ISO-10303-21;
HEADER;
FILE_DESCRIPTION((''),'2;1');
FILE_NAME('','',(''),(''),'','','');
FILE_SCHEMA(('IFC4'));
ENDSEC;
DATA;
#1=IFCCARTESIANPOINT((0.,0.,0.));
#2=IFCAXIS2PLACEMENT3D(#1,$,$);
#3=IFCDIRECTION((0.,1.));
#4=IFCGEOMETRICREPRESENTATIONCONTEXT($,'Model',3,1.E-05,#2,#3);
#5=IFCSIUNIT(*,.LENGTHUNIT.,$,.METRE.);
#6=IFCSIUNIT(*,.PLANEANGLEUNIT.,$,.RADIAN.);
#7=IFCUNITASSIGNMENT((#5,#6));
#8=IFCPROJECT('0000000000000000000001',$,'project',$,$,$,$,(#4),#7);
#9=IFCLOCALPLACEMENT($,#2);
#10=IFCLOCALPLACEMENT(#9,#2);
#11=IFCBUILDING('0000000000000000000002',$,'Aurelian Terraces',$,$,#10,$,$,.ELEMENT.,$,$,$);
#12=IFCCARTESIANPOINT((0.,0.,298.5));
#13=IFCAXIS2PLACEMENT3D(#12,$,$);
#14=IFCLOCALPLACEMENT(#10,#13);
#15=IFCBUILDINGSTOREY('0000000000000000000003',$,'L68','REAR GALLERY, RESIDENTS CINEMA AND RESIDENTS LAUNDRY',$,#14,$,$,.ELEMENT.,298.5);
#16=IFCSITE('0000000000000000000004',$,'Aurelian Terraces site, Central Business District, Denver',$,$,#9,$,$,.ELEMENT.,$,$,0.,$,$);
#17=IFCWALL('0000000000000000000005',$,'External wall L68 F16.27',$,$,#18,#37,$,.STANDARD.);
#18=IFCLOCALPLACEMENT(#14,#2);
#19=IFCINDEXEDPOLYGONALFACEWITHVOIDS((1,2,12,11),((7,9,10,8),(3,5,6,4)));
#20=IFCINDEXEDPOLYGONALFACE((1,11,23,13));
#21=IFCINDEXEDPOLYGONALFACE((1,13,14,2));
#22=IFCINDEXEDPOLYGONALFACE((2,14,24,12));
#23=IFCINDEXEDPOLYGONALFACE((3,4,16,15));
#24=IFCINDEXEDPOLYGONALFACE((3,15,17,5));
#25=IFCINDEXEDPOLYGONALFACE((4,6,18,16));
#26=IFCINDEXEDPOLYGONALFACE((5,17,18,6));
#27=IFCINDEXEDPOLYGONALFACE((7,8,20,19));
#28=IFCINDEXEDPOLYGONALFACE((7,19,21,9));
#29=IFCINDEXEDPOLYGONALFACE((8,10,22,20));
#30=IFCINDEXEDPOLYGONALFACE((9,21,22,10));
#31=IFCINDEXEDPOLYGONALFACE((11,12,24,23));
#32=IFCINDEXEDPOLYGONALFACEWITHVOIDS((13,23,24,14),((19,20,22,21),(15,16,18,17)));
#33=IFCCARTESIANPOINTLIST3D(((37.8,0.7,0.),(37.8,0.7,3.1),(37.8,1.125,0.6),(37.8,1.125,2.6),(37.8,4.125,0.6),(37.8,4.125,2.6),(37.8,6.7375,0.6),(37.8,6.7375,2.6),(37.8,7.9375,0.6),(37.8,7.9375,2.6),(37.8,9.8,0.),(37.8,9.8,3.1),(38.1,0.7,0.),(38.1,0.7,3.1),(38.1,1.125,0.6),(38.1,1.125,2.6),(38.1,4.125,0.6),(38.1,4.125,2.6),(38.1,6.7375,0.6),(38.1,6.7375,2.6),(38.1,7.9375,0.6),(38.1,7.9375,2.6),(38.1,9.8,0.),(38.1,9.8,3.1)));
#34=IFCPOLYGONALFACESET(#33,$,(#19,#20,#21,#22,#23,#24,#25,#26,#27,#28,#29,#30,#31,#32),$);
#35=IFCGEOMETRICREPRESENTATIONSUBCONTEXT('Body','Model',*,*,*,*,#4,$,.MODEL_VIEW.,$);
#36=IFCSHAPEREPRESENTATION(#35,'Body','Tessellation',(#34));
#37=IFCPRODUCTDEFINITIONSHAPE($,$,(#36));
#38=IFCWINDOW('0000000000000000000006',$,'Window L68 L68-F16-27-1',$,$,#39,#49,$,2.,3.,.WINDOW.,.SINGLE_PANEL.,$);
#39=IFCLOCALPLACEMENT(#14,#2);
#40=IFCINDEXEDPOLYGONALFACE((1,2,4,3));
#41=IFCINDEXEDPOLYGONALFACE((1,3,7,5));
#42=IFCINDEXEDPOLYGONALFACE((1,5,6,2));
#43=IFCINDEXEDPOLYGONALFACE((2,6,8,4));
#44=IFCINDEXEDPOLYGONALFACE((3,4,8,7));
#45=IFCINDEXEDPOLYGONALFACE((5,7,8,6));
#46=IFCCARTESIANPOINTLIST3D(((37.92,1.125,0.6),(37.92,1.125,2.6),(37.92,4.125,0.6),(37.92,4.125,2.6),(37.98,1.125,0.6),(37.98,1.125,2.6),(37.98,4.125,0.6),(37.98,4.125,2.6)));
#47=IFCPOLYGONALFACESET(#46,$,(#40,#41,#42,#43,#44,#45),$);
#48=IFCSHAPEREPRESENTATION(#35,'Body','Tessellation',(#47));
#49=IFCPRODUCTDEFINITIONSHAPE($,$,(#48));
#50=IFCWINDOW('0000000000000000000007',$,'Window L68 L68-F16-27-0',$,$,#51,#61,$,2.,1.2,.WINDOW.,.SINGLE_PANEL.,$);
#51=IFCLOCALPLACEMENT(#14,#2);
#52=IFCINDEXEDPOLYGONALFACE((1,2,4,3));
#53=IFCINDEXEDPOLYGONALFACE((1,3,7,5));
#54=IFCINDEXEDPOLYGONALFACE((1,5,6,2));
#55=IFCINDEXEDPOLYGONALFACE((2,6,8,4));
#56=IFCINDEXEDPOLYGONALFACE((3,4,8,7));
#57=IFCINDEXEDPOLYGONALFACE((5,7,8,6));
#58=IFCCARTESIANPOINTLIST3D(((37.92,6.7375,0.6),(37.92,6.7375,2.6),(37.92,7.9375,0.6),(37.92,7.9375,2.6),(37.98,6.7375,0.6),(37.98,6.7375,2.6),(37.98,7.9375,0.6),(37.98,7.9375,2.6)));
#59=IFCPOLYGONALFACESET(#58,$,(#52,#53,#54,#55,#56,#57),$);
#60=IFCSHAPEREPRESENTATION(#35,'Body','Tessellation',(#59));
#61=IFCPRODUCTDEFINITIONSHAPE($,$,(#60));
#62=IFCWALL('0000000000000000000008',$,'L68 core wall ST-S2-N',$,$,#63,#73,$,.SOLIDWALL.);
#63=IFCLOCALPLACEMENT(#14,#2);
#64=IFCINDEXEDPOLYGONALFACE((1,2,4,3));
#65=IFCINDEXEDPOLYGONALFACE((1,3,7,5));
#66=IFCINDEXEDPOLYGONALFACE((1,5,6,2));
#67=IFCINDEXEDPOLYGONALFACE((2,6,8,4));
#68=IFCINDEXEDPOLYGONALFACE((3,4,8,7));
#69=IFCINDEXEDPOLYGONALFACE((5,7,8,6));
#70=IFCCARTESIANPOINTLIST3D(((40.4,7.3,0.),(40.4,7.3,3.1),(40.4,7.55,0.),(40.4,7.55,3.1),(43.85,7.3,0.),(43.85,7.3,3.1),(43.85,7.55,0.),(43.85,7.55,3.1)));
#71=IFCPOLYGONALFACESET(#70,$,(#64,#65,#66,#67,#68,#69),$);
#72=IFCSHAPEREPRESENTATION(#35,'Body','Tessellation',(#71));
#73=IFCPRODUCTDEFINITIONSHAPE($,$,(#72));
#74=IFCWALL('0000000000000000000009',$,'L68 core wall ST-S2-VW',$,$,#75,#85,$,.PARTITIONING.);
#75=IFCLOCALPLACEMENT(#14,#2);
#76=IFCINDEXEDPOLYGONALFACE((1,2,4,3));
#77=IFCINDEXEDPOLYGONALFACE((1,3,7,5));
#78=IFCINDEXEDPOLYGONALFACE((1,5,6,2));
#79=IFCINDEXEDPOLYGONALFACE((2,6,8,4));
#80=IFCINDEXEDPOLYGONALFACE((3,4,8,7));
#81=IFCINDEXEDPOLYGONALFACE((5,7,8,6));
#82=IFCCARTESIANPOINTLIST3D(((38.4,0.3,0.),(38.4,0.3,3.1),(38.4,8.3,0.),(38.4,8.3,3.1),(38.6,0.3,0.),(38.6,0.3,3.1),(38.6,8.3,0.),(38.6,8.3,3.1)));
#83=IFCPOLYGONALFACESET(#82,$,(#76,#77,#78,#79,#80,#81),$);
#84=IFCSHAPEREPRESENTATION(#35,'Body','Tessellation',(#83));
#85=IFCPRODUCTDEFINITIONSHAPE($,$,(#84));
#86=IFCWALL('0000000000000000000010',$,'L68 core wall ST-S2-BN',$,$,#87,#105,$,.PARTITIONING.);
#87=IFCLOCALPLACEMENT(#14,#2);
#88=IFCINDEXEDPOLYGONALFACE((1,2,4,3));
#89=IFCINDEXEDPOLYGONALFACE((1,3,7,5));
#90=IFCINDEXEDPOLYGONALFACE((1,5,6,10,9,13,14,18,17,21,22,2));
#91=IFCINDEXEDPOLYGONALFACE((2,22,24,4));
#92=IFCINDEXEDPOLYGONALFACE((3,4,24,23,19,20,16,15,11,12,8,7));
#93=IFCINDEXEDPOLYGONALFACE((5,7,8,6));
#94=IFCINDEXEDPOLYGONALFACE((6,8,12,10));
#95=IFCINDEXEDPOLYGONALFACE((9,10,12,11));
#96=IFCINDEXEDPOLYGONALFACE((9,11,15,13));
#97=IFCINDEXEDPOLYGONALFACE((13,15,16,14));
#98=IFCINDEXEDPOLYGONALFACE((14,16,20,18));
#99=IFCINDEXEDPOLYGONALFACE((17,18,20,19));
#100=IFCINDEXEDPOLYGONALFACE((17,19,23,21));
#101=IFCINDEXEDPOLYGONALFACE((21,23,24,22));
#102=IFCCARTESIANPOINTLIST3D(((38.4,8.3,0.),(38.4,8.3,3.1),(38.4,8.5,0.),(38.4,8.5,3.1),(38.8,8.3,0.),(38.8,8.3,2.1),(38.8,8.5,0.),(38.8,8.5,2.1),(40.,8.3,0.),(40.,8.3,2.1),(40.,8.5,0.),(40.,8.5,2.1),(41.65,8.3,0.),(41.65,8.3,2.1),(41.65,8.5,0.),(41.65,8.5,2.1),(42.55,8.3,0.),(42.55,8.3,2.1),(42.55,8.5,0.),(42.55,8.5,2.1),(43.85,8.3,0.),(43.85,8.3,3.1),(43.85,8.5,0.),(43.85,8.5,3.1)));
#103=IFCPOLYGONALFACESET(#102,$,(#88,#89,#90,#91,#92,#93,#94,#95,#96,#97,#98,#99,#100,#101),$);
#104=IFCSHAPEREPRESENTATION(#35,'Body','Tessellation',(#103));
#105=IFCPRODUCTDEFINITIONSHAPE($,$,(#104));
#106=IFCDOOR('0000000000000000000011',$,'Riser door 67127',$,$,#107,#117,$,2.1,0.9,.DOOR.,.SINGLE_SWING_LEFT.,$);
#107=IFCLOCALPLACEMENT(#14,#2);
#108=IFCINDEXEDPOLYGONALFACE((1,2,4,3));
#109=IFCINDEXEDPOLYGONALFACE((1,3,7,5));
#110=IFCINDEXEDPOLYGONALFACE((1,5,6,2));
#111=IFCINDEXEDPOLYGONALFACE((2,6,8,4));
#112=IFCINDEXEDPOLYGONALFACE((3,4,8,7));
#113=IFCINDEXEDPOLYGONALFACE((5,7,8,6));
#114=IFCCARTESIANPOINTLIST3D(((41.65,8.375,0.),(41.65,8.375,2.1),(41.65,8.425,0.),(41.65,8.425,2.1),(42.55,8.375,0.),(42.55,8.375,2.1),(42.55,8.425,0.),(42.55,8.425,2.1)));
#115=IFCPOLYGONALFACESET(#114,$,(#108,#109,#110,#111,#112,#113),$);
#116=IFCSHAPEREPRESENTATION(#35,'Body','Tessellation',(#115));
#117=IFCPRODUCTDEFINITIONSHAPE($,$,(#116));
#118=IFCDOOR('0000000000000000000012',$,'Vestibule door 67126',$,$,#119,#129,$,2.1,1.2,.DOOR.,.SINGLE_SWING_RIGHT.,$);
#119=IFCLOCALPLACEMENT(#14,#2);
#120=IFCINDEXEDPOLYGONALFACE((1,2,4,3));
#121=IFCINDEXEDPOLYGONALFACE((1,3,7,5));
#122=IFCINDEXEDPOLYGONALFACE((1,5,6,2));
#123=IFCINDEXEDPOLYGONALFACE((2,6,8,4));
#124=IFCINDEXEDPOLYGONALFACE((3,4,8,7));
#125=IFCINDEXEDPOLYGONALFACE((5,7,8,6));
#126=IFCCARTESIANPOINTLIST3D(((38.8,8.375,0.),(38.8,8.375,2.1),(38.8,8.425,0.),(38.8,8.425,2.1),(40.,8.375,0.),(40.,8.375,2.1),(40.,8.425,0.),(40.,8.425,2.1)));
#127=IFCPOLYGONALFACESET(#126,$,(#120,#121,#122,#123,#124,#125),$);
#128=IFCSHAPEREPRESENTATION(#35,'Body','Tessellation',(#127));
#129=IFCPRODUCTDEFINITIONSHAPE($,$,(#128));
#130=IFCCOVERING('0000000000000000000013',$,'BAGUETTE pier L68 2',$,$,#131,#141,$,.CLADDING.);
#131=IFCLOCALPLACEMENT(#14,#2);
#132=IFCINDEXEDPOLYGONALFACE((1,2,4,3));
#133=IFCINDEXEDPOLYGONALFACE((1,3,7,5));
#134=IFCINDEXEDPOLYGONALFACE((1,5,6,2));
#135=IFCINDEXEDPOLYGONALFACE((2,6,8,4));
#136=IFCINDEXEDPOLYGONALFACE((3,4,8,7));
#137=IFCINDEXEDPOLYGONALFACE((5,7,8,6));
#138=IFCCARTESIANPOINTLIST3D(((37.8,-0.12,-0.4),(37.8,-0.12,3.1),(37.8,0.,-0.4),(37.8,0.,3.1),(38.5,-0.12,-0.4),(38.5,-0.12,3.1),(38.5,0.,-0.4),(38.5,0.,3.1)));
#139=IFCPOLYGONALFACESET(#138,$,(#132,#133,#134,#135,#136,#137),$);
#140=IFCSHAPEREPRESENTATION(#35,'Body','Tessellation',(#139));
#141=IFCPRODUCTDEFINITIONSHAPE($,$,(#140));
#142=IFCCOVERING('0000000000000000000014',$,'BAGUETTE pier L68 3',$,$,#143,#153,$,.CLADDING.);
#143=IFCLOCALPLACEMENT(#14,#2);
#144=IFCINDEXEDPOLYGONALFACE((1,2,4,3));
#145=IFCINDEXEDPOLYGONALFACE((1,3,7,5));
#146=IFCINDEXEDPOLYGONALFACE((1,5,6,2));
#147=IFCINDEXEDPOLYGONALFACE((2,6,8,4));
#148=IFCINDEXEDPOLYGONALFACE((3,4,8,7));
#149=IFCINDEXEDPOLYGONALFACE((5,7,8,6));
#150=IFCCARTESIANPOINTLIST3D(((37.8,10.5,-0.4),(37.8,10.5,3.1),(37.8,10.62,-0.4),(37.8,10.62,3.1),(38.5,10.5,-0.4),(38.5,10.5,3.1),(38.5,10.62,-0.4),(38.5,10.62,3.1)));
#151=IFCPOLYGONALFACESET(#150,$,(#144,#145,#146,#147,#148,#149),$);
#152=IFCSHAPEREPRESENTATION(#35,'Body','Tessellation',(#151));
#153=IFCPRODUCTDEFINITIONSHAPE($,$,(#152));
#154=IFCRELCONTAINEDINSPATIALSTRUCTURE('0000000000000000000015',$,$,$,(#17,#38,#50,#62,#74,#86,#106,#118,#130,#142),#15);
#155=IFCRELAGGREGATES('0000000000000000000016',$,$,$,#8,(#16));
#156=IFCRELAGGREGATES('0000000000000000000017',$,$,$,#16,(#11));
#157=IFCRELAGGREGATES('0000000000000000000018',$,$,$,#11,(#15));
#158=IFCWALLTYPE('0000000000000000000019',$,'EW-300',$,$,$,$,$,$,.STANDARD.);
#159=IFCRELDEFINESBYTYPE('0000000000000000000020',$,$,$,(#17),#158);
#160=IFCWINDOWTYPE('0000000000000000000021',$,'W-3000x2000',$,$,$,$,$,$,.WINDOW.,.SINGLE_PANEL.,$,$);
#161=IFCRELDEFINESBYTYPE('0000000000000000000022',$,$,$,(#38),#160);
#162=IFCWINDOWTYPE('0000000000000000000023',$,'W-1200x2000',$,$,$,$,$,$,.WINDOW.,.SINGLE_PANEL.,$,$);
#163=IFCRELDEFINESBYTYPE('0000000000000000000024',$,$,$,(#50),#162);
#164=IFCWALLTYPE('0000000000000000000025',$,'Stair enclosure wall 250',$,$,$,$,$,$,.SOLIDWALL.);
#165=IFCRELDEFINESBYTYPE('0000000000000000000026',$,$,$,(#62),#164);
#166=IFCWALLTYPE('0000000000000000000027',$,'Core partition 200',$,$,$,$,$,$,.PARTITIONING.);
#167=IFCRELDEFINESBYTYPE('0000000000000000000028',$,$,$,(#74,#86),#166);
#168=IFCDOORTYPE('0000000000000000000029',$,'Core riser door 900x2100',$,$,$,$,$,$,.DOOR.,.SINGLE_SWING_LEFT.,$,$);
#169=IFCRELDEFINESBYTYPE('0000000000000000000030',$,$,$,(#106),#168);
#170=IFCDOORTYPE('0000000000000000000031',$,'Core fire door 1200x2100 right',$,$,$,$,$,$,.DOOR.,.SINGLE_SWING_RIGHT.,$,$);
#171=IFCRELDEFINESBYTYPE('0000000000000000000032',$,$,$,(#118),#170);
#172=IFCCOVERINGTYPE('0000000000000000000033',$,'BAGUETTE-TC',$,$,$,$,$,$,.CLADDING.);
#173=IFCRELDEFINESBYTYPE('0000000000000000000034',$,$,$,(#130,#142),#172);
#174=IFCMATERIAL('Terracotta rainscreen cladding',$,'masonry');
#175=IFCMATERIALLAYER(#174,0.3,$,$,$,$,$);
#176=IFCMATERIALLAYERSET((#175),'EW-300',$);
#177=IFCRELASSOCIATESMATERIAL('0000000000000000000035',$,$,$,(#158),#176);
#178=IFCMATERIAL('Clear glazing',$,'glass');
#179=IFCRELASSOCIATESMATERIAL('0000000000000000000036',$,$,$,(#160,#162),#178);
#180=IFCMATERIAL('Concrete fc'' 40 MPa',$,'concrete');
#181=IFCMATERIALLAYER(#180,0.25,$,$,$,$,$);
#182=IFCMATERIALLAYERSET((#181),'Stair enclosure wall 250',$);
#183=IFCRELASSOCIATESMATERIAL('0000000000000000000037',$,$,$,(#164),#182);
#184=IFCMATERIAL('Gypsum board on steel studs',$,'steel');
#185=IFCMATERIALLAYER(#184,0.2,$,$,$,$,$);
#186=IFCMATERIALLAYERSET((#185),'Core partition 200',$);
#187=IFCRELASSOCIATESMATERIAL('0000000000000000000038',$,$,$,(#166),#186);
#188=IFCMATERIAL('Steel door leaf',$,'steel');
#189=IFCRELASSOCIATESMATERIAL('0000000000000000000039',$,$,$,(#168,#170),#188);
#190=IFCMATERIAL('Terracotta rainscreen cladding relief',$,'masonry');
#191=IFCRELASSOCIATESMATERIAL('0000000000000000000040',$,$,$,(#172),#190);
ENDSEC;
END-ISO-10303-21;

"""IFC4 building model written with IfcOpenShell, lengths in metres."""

from ifc_helpers import new_model, si_unit, direction, frame, frame_2d, origin, origin_2d, place, context, subcontext, project, spatial, rectangle, extrude, source, transform, mapped, material, layer, layer_set, type_object, element, fill, save


model = new_model("IFC4")

# Units and contexts
model_context = context("Model", 3, precision=1e-05, world=origin(), true_north=direction((0.0, 1.0)))
body_context = subcontext(model_context, "Body", "Model", "MODEL_VIEW")
ifc_project = project(units=[si_unit("LENGTHUNIT", "METRE"), si_unit("PLANEANGLEUNIT", "RADIAN")], contexts=[model_context])

# Site, building, storey
site_placement = place(None, origin())
site = spatial("IfcSite", under=ifc_project, at=site_placement, Name="Aurelian Terraces site, Central Business District, Denver", CompositionType="ELEMENT", RefElevation=0.0)
building_placement = place(site_placement, origin())
building = spatial("IfcBuilding", under=site, at=building_placement, Name="Aurelian Terraces", CompositionType="ELEMENT")
storey_placement = place(building_placement, frame((0.0, 0.0, 298.5)))
storey = spatial("IfcBuildingStorey", under=building, at=storey_placement, Name="L68", Description="REAR GALLERY, RESIDENTS CINEMA AND RESIDENTS LAUNDRY", CompositionType="ELEMENT", Elevation=298.5)

# Shared definitions
ifc_material_1 = material(Name="Concrete fc' 40 MPa", Category="concrete")

# Shared definitions
ifc_material_2 = material(Name="Terracotta rainscreen cladding", Category="masonry")
ifc_layer_1 = layer(ifc_material_2, 0.3)
ifc_layer_set_1 = layer_set([ifc_layer_1], Name="EW-300")
wall_type_1 = type_object("IfcWallType", Name="EW-300", PredefinedType="STANDARD", material=ifc_layer_set_1)
ifc_material_3 = material(Name="Clear glazing", Category="glass")

# Wall, openings, windows
shared_shape_1 = source(origin(), body_context, "Body", "SweptSolid", [
    extrude(rectangle(XDim=9.1, YDim=0.3, at=frame_2d((4.55, 0.0))), origin(), (0.0, 0.0, 1.0), 3.1),
])
wall_1_placement = place(storey_placement, frame((37.95, 9.8, 0.0), z_axis=(0.0, 0.0, 1.0), x_axis=(0.0, -1.0, 0.0)))
wall_1 = element("IfcWall", 1, at=wall_1_placement, inside=storey, type_object=wall_type_1, Name="External wall L68 F16.27", PredefinedType="STANDARD", context=body_context, shape_type="MappedRepresentation", body=[
    mapped(shared_shape_1, transform((0.0, 0.0, 0.0), scale=1.0)),
])
shared_shape_2 = source(origin(), body_context, "Body", "SweptSolid", [
    extrude(rectangle(XDim=1.2, YDim=2.0, at=frame_2d((0.6, 1.0))), frame((0.0, 0.16, 0.0), z_axis=(0.0, -1.0, 0.0), x_axis=(1.0, 0.0, 0.0)), (0.0, 0.0, 1.0), 0.32),
])
opening_1_placement = place(wall_1_placement, frame((1.8625, 0.0, 0.6)))
opening_1 = element("IfcOpeningElement", 2, at=opening_1_placement, cuts=wall_1, PredefinedType="OPENING", context=body_context, shape_type="MappedRepresentation", body=[
    mapped(shared_shape_2, transform((0.0, 0.0, 0.0), scale=1.0)),
])
shared_shape_3 = source(origin(), body_context, "Body", "SweptSolid", [
    extrude(rectangle(XDim=3.0, YDim=2.0, at=frame_2d((1.5, 1.0))), frame((0.0, 0.16, 0.0), z_axis=(0.0, -1.0, 0.0), x_axis=(1.0, 0.0, 0.0)), (0.0, 0.0, 1.0), 0.32),
])
opening_2_placement = place(wall_1_placement, frame((5.675, 0.0, 0.6)))
opening_2 = element("IfcOpeningElement", 3, at=opening_2_placement, cuts=wall_1, PredefinedType="OPENING", context=body_context, shape_type="MappedRepresentation", body=[
    mapped(shared_shape_3, transform((0.0, 0.0, 0.0), scale=1.0)),
])
window_type_1 = type_object("IfcWindowType", Name="W-3000x2000", PartitioningType="SINGLE_PANEL", PredefinedType="WINDOW", material=ifc_material_3)
shared_shape_4 = source(origin(), body_context, "Body", "SweptSolid", [
    extrude(rectangle(XDim=3.0, YDim=2.0, at=frame_2d((1.5, 1.0))), frame((0.0, 0.03, 0.0), z_axis=(0.0, -1.0, 0.0), x_axis=(1.0, 0.0, 0.0)), (0.0, 0.0, 1.0), 0.06),
])
window_1_placement = place(opening_2_placement, origin())
window_1 = element("IfcWindow", 4, at=window_1_placement, inside=storey, type_object=window_type_1, Name="Window L68 L68-F16-27-1", OverallHeight=2.0, OverallWidth=3.0, PartitioningType="SINGLE_PANEL", PredefinedType="WINDOW", context=body_context, shape_type="MappedRepresentation", body=[
    mapped(shared_shape_4, transform((0.0, 0.0, 0.0), scale=1.0)),
])
fill(opening_2, window_1)
window_type_2 = type_object("IfcWindowType", Name="W-1200x2000", PartitioningType="SINGLE_PANEL", PredefinedType="WINDOW", material=ifc_material_3)
shared_shape_5 = source(origin(), body_context, "Body", "SweptSolid", [
    extrude(rectangle(XDim=1.2, YDim=2.0, at=frame_2d((0.6, 1.0))), frame((0.0, 0.03, 0.0), z_axis=(0.0, -1.0, 0.0), x_axis=(1.0, 0.0, 0.0)), (0.0, 0.0, 1.0), 0.06),
])
window_2_placement = place(opening_1_placement, origin())
window_2 = element("IfcWindow", 5, at=window_2_placement, inside=storey, type_object=window_type_2, Name="Window L68 L68-F16-27-0", OverallHeight=2.0, OverallWidth=1.2, PartitioningType="SINGLE_PANEL", PredefinedType="WINDOW", context=body_context, shape_type="MappedRepresentation", body=[
    mapped(shared_shape_5, transform((0.0, 0.0, 0.0), scale=1.0)),
])
fill(opening_1, window_2)

# Walls
ifc_layer_2 = layer(ifc_material_1, 0.25)
ifc_layer_set_2 = layer_set([ifc_layer_2], Name="Stair enclosure wall 250")
wall_type_2 = type_object("IfcWallType", Name="Stair enclosure wall 250", PredefinedType="SOLIDWALL", material=ifc_layer_set_2)
shared_shape_6 = source(origin(), body_context, "Body", "SweptSolid", [
    extrude(rectangle(XDim=3.45, YDim=0.25, at=frame_2d((1.725, 0.0))), origin(), (0.0, 0.0, 1.0), 3.1),
])
wall_2_placement = place(storey_placement, frame((40.4, 7.425, 0.0), z_axis=(0.0, 0.0, 1.0), x_axis=(1.0, 0.0, 0.0)))
element("IfcWall", 6, at=wall_2_placement, inside=storey, type_object=wall_type_2, Name="L68 core wall ST-S2-N", PredefinedType="SOLIDWALL", context=body_context, shape_type="MappedRepresentation", body=[
    mapped(shared_shape_6, transform((0.0, 0.0, 0.0), scale=1.0)),
])
ifc_material_4 = material(Name="Gypsum board on steel studs", Category="steel")
ifc_layer_3 = layer(ifc_material_4, 0.2)
ifc_layer_set_3 = layer_set([ifc_layer_3], Name="Core partition 200")
wall_type_3 = type_object("IfcWallType", Name="Core partition 200", PredefinedType="PARTITIONING", material=ifc_layer_set_3)
shared_shape_7 = source(origin(), body_context, "Body", "SweptSolid", [
    extrude(rectangle(XDim=8.0, YDim=0.2, at=frame_2d((4.0, 0.0))), origin(), (0.0, 0.0, 1.0), 3.1),
])
wall_3_placement = place(storey_placement, frame((38.5, 0.3, 0.0), z_axis=(0.0, 0.0, 1.0), x_axis=(0.0, 1.0, 0.0)))
element("IfcWall", 7, at=wall_3_placement, inside=storey, type_object=wall_type_3, Name="L68 core wall ST-S2-VW", PredefinedType="PARTITIONING", context=body_context, shape_type="MappedRepresentation", body=[
    mapped(shared_shape_7, transform((0.0, 0.0, 0.0), scale=1.0)),
])

# Wall, openings, doors
shared_shape_8 = source(origin(), body_context, "Body", "SweptSolid", [
    extrude(rectangle(XDim=5.45, YDim=0.2, at=frame_2d((2.725, 0.0))), origin(), (0.0, 0.0, 1.0), 3.1),
])
wall_4_placement = place(storey_placement, frame((38.4, 8.4, 0.0), z_axis=(0.0, 0.0, 1.0), x_axis=(1.0, 0.0, 0.0)))
wall_4 = element("IfcWall", 8, at=wall_4_placement, inside=storey, type_object=wall_type_3, Name="L68 core wall ST-S2-BN", PredefinedType="PARTITIONING", context=body_context, shape_type="MappedRepresentation", body=[
    mapped(shared_shape_8, transform((0.0, 0.0, 0.0), scale=1.0)),
])
shared_shape_9 = source(origin(), body_context, "Body", "SweptSolid", [
    extrude(rectangle(XDim=1.2, YDim=2.1, at=frame_2d((0.6, 1.05))), frame((0.0, 0.11, 0.0), z_axis=(0.0, -1.0, 0.0), x_axis=(1.0, 0.0, 0.0)), (0.0, 0.0, 1.0), 0.22),
])
opening_3_placement = place(wall_4_placement, frame((0.4, 0.0, 0.0)))
opening_3 = element("IfcOpeningElement", 9, at=opening_3_placement, cuts=wall_4, PredefinedType="OPENING", context=body_context, shape_type="MappedRepresentation", body=[
    mapped(shared_shape_9, transform((0.0, 0.0, 0.0), scale=1.0)),
])
shared_shape_10 = source(origin(), body_context, "Body", "SweptSolid", [
    extrude(rectangle(XDim=0.9, YDim=2.1, at=frame_2d((0.45, 1.05))), frame((0.0, 0.11, 0.0), z_axis=(0.0, -1.0, 0.0), x_axis=(1.0, 0.0, 0.0)), (0.0, 0.0, 1.0), 0.22),
])
opening_4_placement = place(wall_4_placement, frame((3.25, 0.0, 0.0)))
opening_4 = element("IfcOpeningElement", 10, at=opening_4_placement, cuts=wall_4, PredefinedType="OPENING", context=body_context, shape_type="MappedRepresentation", body=[
    mapped(shared_shape_10, transform((0.0, 0.0, 0.0), scale=1.0)),
])
ifc_material_5 = material(Name="Steel door leaf", Category="steel")
door_type_1 = type_object("IfcDoorType", Name="Core riser door 900x2100", OperationType="SINGLE_SWING_LEFT", PredefinedType="DOOR", material=ifc_material_5)
shared_shape_11 = source(origin(), body_context, "Body", "SweptSolid", [
    extrude(rectangle(XDim=0.9, YDim=2.1, at=frame_2d((0.45, 1.05))), frame((0.0, 0.025, 0.0), z_axis=(0.0, -1.0, 0.0), x_axis=(1.0, 0.0, 0.0)), (0.0, 0.0, 1.0), 0.05),
])
door_1_placement = place(opening_4_placement, origin())
door_1 = element("IfcDoor", 11, at=door_1_placement, inside=storey, type_object=door_type_1, Name="Riser door 67127", OperationType="SINGLE_SWING_LEFT", OverallHeight=2.1, OverallWidth=0.9, PredefinedType="DOOR", context=body_context, shape_type="MappedRepresentation", body=[
    mapped(shared_shape_11, transform((0.0, 0.0, 0.0), scale=1.0)),
])
fill(opening_4, door_1)
door_type_2 = type_object("IfcDoorType", Name="Core fire door 1200x2100 right", OperationType="SINGLE_SWING_RIGHT", PredefinedType="DOOR", material=ifc_material_5)
shared_shape_12 = source(origin(), body_context, "Body", "SweptSolid", [
    extrude(rectangle(XDim=1.2, YDim=2.1, at=frame_2d((0.6, 1.05))), frame((0.0, 0.025, 0.0), z_axis=(0.0, -1.0, 0.0), x_axis=(1.0, 0.0, 0.0)), (0.0, 0.0, 1.0), 0.05),
])
door_2_placement = place(opening_3_placement, origin())
door_2 = element("IfcDoor", 12, at=door_2_placement, inside=storey, type_object=door_type_2, Name="Vestibule door 67126", OperationType="SINGLE_SWING_RIGHT", OverallHeight=2.1, OverallWidth=1.2, PredefinedType="DOOR", context=body_context, shape_type="MappedRepresentation", body=[
    mapped(shared_shape_12, transform((0.0, 0.0, 0.0), scale=1.0)),
])
fill(opening_3, door_2)

# Coverings
ifc_material_6 = material(Name="Terracotta rainscreen cladding relief", Category="masonry")
covering_type = type_object("IfcCoveringType", Name="BAGUETTE-TC", PredefinedType="CLADDING", material=ifc_material_6)
shared_shape_13 = source(origin(), body_context, "Body", "SweptSolid", [
    extrude(rectangle(XDim=0.7, YDim=0.12, at=origin_2d()), origin(), (0.0, 0.0, 1.0), 3.5),
])
for number, where, z_axis, x_axis, name in (
    (13, (38.15, -0.06, -0.4), (0.0, 0.0, 1.0), (1.0, 0.0, 0.0), "BAGUETTE pier L68 2"),
    (14, (38.15, 10.56, -0.4), (0.0, 0.0, 1.0), (1.0, 0.0, 0.0), "BAGUETTE pier L68 3"),
):
    element("IfcCovering", number, at=place(storey_placement, frame(where, z_axis=z_axis, x_axis=x_axis)), inside=storey, type_object=covering_type, Name=name, PredefinedType="CLADDING", context=body_context, shape_type="MappedRepresentation", body=[
        mapped(shared_shape_13, transform((0.0, 0.0, 0.0), scale=1.0)),
    ])

save(model, "model.ifc")
